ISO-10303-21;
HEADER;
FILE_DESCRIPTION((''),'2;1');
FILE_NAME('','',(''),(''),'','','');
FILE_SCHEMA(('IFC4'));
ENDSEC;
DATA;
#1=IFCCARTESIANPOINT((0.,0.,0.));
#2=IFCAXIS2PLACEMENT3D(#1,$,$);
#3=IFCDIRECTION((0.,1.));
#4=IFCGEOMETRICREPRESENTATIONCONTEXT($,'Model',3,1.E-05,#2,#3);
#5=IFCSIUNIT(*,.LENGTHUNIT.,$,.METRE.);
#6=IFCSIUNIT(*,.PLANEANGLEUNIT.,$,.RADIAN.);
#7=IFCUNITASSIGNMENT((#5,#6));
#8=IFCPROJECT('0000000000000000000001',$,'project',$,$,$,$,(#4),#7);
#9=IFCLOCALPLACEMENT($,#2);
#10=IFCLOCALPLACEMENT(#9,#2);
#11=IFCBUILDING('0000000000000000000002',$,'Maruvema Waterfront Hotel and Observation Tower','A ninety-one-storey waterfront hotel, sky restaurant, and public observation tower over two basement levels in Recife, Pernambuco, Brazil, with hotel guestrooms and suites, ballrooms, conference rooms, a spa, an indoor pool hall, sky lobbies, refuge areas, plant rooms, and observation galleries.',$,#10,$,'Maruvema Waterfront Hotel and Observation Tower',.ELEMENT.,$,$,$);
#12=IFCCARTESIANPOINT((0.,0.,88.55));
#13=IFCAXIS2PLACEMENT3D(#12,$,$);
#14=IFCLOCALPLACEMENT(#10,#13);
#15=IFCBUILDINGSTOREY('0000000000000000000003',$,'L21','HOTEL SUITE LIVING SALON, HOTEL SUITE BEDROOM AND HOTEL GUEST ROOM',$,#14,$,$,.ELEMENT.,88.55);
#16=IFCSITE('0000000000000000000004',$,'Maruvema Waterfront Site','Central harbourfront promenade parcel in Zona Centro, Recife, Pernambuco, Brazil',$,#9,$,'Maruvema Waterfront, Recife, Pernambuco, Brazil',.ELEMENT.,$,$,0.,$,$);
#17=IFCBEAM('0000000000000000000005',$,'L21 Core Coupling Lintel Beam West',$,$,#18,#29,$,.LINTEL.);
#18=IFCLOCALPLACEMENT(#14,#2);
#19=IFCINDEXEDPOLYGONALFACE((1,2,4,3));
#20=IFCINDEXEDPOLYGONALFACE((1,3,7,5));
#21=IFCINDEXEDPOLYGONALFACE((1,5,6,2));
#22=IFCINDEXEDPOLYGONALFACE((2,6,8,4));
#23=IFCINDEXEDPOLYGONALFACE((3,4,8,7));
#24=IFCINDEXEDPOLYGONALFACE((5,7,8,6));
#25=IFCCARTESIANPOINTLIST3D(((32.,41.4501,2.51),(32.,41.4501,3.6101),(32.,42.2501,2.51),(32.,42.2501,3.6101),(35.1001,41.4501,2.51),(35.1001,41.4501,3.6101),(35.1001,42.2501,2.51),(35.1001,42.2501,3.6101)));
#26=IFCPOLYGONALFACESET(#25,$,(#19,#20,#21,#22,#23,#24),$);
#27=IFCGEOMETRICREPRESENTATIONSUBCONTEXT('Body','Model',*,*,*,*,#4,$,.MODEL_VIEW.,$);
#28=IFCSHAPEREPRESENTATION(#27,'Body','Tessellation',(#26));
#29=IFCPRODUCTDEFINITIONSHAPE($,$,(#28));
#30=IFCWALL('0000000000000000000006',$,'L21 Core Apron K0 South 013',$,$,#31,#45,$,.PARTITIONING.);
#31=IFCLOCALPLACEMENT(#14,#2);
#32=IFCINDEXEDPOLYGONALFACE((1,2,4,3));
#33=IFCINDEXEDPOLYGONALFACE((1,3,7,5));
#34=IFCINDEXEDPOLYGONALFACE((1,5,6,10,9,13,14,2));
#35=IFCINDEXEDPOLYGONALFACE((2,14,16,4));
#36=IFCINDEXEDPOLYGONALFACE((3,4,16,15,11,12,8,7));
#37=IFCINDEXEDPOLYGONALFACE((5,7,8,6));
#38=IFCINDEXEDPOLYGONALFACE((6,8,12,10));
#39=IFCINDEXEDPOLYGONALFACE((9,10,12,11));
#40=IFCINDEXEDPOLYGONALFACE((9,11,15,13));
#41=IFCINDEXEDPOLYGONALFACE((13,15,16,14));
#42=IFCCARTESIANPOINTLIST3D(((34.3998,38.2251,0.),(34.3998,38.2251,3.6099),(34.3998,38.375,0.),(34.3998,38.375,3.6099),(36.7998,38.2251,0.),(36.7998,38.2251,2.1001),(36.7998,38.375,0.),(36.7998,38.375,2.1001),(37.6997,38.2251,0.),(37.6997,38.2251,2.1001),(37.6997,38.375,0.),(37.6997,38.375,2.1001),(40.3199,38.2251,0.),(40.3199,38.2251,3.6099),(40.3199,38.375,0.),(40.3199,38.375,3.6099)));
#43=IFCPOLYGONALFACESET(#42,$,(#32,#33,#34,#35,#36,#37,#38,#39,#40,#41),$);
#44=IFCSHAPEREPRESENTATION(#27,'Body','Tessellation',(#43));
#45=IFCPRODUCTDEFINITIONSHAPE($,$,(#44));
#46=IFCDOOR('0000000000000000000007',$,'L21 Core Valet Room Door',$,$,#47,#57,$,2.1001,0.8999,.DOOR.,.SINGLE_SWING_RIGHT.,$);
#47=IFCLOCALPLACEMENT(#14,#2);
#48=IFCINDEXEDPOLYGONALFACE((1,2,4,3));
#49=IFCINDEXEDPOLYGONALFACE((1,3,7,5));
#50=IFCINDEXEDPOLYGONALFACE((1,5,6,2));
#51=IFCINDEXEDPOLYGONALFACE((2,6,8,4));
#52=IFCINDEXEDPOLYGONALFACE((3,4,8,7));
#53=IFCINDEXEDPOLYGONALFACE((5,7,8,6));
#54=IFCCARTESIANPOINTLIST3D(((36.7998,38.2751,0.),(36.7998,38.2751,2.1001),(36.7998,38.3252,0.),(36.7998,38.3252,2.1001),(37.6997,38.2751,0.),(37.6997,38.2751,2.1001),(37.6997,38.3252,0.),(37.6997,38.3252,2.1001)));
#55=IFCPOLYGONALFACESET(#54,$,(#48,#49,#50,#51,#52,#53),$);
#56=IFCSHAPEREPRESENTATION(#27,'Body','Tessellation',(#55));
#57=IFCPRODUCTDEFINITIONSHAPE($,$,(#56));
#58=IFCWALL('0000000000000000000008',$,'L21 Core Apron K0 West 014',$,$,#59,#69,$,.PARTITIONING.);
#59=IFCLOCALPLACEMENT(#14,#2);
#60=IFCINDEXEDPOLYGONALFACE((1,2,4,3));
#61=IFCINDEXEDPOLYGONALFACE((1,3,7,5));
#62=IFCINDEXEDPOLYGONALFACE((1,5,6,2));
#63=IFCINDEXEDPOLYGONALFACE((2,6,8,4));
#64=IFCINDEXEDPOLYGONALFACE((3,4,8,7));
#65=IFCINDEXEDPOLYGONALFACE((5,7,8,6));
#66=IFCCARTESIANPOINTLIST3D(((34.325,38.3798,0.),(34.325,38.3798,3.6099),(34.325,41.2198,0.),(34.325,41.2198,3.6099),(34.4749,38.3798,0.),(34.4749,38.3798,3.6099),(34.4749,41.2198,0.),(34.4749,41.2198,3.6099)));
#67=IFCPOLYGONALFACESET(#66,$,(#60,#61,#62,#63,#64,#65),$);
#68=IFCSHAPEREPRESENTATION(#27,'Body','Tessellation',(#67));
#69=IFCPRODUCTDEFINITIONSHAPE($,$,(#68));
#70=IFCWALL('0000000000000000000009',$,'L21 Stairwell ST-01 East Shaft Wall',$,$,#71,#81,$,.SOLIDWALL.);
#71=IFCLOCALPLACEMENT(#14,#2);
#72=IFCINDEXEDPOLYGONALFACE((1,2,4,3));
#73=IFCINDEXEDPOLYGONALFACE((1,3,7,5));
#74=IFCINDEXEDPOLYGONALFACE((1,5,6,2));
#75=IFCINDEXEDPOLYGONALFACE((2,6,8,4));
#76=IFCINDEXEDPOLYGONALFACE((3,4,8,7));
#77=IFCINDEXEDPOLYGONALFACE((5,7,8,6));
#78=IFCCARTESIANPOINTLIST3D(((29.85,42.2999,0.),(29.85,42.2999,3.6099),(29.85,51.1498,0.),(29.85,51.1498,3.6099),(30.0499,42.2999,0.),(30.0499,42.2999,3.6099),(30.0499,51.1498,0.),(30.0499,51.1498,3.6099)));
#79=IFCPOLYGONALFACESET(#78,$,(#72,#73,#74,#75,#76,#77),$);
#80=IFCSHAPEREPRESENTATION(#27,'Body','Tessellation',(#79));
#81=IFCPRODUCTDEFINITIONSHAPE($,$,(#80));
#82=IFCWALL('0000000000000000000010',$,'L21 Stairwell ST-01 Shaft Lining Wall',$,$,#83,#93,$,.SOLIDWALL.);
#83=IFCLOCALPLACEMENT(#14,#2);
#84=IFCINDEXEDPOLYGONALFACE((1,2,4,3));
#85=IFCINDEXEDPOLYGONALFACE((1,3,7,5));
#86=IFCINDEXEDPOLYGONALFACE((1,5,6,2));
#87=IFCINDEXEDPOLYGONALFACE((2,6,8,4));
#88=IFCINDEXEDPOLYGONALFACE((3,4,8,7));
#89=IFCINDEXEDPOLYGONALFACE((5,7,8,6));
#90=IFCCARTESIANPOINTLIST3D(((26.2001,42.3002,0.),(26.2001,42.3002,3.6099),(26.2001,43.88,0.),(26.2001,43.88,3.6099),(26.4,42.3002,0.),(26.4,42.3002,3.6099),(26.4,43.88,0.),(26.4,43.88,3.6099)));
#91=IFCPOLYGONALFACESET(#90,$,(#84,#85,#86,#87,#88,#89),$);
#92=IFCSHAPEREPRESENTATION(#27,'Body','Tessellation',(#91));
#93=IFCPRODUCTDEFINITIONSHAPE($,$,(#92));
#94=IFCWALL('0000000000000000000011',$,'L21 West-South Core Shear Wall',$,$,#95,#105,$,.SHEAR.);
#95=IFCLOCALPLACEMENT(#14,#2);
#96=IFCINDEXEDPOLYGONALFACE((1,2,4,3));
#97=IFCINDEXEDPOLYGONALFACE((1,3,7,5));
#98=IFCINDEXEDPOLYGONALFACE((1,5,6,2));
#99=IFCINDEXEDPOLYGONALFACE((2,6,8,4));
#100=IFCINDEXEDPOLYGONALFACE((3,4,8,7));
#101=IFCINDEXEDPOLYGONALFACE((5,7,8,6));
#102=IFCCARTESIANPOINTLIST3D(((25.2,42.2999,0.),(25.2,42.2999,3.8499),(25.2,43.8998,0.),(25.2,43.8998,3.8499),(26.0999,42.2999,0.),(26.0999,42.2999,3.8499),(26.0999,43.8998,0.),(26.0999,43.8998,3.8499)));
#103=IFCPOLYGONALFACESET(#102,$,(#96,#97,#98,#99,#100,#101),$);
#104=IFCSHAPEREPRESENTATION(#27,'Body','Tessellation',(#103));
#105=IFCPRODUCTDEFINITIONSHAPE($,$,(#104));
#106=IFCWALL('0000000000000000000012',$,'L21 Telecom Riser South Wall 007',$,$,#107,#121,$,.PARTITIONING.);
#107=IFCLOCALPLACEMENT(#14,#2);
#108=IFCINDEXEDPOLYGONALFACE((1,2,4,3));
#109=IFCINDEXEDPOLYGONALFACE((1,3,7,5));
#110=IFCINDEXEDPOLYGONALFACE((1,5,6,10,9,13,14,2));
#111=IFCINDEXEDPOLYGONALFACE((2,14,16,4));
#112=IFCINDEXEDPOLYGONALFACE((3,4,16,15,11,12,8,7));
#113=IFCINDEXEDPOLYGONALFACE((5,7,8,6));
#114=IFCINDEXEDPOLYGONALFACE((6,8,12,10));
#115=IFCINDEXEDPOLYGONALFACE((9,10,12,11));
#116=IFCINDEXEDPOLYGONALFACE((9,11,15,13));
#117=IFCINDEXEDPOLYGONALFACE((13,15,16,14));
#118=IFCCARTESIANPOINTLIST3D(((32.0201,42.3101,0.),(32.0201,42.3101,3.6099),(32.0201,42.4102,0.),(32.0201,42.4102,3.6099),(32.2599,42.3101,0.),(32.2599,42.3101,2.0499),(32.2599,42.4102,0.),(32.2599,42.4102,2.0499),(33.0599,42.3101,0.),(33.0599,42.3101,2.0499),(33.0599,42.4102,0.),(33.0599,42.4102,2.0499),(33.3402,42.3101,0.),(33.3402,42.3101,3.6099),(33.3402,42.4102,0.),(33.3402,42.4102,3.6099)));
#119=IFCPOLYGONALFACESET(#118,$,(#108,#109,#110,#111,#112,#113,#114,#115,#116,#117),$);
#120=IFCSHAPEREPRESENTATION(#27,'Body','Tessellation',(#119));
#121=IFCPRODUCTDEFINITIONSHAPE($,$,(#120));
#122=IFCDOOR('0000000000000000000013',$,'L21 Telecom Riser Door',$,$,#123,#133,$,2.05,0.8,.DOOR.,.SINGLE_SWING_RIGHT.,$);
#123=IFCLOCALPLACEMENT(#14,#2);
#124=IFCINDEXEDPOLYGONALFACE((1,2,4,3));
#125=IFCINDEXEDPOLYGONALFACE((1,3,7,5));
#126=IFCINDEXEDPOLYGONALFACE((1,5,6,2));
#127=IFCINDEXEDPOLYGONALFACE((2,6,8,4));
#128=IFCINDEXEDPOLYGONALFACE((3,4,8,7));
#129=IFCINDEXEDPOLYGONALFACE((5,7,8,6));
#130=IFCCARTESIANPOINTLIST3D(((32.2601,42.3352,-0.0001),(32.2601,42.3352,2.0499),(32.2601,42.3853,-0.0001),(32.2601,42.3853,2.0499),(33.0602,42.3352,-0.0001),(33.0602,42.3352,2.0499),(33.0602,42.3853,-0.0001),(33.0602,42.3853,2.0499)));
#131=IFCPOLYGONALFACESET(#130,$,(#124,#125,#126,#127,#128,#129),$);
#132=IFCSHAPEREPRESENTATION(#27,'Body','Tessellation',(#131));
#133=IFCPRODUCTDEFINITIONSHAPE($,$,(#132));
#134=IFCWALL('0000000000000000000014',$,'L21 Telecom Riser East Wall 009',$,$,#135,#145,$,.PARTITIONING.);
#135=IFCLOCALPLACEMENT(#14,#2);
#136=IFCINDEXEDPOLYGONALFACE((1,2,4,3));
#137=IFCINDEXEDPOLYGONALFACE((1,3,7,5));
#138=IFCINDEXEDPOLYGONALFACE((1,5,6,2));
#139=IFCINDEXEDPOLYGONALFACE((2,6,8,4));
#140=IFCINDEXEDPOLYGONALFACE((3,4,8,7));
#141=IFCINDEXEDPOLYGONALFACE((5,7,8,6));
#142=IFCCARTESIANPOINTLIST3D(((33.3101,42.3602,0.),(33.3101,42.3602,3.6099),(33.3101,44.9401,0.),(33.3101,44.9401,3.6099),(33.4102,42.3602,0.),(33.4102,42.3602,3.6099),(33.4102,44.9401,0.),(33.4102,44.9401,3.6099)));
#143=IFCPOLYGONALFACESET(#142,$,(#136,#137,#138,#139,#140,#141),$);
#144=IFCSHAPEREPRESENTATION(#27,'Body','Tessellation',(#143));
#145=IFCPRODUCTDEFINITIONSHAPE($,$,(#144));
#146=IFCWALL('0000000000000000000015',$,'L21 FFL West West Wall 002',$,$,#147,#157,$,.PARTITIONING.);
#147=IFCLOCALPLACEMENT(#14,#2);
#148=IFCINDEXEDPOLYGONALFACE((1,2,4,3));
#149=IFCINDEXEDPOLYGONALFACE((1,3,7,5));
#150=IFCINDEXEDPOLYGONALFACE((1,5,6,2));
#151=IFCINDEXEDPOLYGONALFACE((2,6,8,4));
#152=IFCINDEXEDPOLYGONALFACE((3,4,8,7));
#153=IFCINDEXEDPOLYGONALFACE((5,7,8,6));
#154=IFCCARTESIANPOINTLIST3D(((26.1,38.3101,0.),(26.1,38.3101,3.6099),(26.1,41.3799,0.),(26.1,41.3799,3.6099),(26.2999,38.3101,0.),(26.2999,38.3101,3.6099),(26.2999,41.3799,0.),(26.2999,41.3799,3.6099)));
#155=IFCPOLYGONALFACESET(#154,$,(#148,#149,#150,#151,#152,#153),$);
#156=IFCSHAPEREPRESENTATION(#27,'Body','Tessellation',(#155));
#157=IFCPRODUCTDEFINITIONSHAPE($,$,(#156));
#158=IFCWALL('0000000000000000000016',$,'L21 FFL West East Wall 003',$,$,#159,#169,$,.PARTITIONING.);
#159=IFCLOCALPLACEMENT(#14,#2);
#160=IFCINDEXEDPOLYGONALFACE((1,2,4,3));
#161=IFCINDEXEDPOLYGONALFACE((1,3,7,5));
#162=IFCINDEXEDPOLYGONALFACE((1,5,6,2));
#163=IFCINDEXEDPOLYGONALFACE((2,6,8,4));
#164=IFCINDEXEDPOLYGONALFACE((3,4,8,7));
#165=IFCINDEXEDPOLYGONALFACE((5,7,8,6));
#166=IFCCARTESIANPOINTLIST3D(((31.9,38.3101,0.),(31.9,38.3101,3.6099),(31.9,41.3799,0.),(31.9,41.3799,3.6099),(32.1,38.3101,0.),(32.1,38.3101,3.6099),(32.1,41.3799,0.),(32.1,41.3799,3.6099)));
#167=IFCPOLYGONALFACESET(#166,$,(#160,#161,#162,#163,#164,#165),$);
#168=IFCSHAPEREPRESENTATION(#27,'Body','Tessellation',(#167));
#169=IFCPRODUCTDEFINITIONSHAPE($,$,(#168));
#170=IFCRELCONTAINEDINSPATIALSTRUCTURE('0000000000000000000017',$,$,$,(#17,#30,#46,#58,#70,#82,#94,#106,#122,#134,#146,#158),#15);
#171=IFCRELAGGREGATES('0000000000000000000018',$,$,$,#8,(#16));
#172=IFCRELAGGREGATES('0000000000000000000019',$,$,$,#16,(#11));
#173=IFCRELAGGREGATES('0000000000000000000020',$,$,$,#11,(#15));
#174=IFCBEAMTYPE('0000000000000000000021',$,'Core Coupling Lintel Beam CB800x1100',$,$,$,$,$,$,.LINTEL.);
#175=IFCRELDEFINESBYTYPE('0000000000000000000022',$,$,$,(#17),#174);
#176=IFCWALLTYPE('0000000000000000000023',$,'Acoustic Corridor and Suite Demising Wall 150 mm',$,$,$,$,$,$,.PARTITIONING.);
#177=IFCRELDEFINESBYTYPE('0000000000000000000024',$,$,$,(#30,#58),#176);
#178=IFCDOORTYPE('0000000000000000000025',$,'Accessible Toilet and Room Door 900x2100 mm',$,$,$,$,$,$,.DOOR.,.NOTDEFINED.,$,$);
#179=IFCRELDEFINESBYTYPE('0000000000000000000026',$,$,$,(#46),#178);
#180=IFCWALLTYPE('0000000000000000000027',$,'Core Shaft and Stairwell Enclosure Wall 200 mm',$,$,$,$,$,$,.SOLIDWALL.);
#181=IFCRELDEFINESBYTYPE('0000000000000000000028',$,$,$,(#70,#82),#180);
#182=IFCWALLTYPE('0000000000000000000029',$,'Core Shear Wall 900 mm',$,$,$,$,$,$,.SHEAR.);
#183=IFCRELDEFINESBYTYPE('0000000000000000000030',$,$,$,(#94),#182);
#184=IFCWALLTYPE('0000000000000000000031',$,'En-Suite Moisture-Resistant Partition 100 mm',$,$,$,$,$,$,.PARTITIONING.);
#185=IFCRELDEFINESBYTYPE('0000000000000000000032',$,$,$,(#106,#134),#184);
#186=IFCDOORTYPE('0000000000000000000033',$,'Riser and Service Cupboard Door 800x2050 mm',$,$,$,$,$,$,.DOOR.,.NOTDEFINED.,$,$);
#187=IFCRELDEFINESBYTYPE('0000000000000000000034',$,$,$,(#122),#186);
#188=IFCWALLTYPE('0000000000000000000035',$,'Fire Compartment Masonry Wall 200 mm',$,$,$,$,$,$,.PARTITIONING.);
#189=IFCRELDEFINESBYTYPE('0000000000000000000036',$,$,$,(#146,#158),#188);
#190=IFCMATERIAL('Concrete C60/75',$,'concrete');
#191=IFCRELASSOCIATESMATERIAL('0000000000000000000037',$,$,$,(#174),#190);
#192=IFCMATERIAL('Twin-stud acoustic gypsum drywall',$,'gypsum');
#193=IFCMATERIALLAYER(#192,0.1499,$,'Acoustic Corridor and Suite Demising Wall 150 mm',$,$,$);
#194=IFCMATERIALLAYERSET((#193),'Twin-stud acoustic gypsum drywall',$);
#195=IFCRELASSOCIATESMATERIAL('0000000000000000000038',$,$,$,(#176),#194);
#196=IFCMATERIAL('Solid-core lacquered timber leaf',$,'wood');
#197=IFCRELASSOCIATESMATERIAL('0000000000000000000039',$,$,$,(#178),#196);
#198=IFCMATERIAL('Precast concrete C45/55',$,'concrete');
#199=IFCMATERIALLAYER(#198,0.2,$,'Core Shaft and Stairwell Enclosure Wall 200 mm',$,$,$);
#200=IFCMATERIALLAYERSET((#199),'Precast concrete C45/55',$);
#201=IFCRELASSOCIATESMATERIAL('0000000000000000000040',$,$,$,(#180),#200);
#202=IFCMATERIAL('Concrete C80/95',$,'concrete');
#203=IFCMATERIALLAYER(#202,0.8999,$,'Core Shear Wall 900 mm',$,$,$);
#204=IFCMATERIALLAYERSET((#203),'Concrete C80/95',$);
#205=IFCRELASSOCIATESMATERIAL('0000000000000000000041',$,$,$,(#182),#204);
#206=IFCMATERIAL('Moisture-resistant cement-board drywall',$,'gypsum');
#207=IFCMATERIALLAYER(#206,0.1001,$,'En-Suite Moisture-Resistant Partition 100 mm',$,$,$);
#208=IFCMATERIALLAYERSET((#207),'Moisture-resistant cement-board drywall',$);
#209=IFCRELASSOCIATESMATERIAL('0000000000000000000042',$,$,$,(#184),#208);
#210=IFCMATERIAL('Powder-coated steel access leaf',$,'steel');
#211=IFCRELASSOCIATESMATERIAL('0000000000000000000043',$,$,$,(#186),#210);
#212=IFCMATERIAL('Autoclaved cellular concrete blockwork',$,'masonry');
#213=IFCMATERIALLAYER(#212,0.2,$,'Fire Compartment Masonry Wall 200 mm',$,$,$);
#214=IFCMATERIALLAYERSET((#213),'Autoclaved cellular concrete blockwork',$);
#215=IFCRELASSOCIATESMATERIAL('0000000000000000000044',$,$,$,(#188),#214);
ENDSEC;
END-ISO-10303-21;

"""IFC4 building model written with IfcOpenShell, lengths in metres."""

from ifc_helpers import new_model, si_unit, direction, frame, frame_2d, origin, origin_2d, place, context, subcontext, project, spatial, rectangle, extrude, material, layer, layer_set, material_profile, profile_set, type_object, element, fill, save


model = new_model("IFC4")

# Units and contexts
model_context = context("Model", 3, precision=1e-05, world=origin(), true_north=direction((0.0, 1.0)))
body_context = subcontext(model_context, "Body", "Model", "MODEL_VIEW")
ifc_project = project(units=[si_unit("LENGTHUNIT", "METRE"), si_unit("PLANEANGLEUNIT", "RADIAN")], contexts=[model_context])

# Site, building, storey
site_placement = place(None, origin())
site = spatial("IfcSite", under=ifc_project, at=site_placement, Name="Maruvema Waterfront Site", Description="Central harbourfront promenade parcel in Zona Centro, Recife, Pernambuco, Brazil", LongName="Maruvema Waterfront, Recife, Pernambuco, Brazil", CompositionType="ELEMENT", RefElevation=0.0)
building_placement = place(site_placement, origin())
building = spatial("IfcBuilding", under=site, at=building_placement, Name="Maruvema Waterfront Hotel and Observation Tower", Description="A ninety-one-storey waterfront hotel, sky restaurant, and public observation tower over two basement levels in Recife, Pernambuco, Brazil, with hotel guestrooms and suites, ballrooms, conference rooms, a spa, an indoor pool hall, sky lobbies, refuge areas, plant rooms, and observation galleries.", LongName="Maruvema Waterfront Hotel and Observation Tower", CompositionType="ELEMENT")
storey_placement = place(building_placement, frame((0.0, 0.0, 88.55)))
storey = spatial("IfcBuildingStorey", under=building, at=storey_placement, Name="L21", Description="HOTEL SUITE LIVING SALON, HOTEL SUITE BEDROOM AND HOTEL GUEST ROOM", CompositionType="ELEMENT", Elevation=88.55)

# Beam
ifc_material_1 = material(Name="Concrete C60/75", Category="concrete")
ifc_material_profile = material_profile(ifc_material_1, rectangle(XDim=0.8, YDim=1.1001, at=origin_2d()), Name="CB800x1100")
ifc_profile_set = profile_set([ifc_material_profile], Name="Concrete C60/75")
beam_type = type_object("IfcBeamType", Name="Core Coupling Lintel Beam CB800x1100", PredefinedType="LINTEL", material=ifc_profile_set)
beam_placement = place(storey_placement, frame((32.0, 41.8501, 3.0601), z_axis=(1.0, 0.0, 0.0), x_axis=(0.0, 1.0, 0.0)))
element("IfcBeam", 1, at=beam_placement, inside=storey, type_object=beam_type, Name="L21 Core Coupling Lintel Beam West", PredefinedType="LINTEL", context=body_context, shape_type="SweptSolid", body=[
    extrude(rectangle(XDim=0.8, YDim=1.1001, at=origin_2d()), origin(), (0.0, 0.0, 1.0), 3.1001),
])

# Wall, opening, door
ifc_material_2 = material(Name="Twin-stud acoustic gypsum drywall", Category="gypsum")
ifc_layer_1 = layer(ifc_material_2, 0.1499, Name="Acoustic Corridor and Suite Demising Wall 150 mm")
ifc_layer_set_1 = layer_set([ifc_layer_1], Name="Twin-stud acoustic gypsum drywall")
wall_type_1 = type_object("IfcWallType", Name="Acoustic Corridor and Suite Demising Wall 150 mm", PredefinedType="PARTITIONING", material=ifc_layer_set_1)
wall_1_placement = place(storey_placement, frame((34.3999, 38.3, 0.0), z_axis=(0.0, 0.0, 1.0), x_axis=(1.0, 0.0, 0.0)))
wall_1 = element("IfcWall", 2, at=wall_1_placement, inside=storey, type_object=wall_type_1, Name="L21 Core Apron K0 South 013", PredefinedType="PARTITIONING", context=body_context, shape_type="SweptSolid", body=[
    extrude(rectangle(XDim=5.9202, YDim=0.1499, at=frame_2d((2.96, 0.0))), origin(), (0.0, 0.0, 1.0), 3.6099),
])
opening_1_placement = place(wall_1_placement, frame((2.3999, 0.0, 0.0)))
opening_1 = element("IfcOpeningElement", 3, at=opening_1_placement, cuts=wall_1, PredefinedType="OPENING", context=body_context, shape_type="SweptSolid", body=[
    extrude(rectangle(XDim=0.8999, YDim=2.1001, at=frame_2d((0.45, 1.05))), frame((0.0, 0.085, 0.0), z_axis=(0.0, -1.0, 0.0), x_axis=(1.0, 0.0, 0.0)), (0.0, 0.0, 1.0), 0.1699),
])
ifc_material_3 = material(Name="Solid-core lacquered timber leaf", Category="wood")
door_type_1 = type_object("IfcDoorType", Name="Accessible Toilet and Room Door 900x2100 mm", OperationType="NOTDEFINED", PredefinedType="DOOR", material=ifc_material_3)
door_1_placement = place(opening_1_placement, frame((0.8999, 0.0, 0.0), z_axis=(0.0, 0.0, 1.0), x_axis=(-1.0, 0.0, 0.0)))
door_1 = element("IfcDoor", 4, at=door_1_placement, inside=storey, type_object=door_type_1, Name="L21 Core Valet Room Door", OperationType="SINGLE_SWING_RIGHT", OverallHeight=2.1001, OverallWidth=0.8999, PredefinedType="DOOR", context=body_context, shape_type="SweptSolid", body=[
    extrude(rectangle(XDim=0.8999, YDim=2.1001, at=frame_2d((0.45, 1.05))), frame((0.0, 0.0249, 0.0), z_axis=(0.0, -1.0, 0.0), x_axis=(1.0, 0.0, 0.0)), (0.0, 0.0, 1.0), 0.05),
])
fill(opening_1, door_1)

# Walls
wall_2_placement = place(storey_placement, frame((34.3999, 38.3799, 0.0), z_axis=(0.0, 0.0, 1.0), x_axis=(0.0, 1.0, 0.0)))
element("IfcWall", 5, at=wall_2_placement, inside=storey, type_object=wall_type_1, Name="L21 Core Apron K0 West 014", PredefinedType="PARTITIONING", context=body_context, shape_type="SweptSolid", body=[
    extrude(rectangle(XDim=2.8401, YDim=0.1499, at=frame_2d((1.4199, 0.0))), origin(), (0.0, 0.0, 1.0), 3.6099),
])
ifc_material_4 = material(Name="Precast concrete C45/55", Category="concrete")
ifc_layer_2 = layer(ifc_material_4, 0.2, Name="Core Shaft and Stairwell Enclosure Wall 200 mm")
ifc_layer_set_2 = layer_set([ifc_layer_2], Name="Precast concrete C45/55")
wall_type_2 = type_object("IfcWallType", Name="Core Shaft and Stairwell Enclosure Wall 200 mm", PredefinedType="SOLIDWALL", material=ifc_layer_set_2)
wall_3_placement = place(storey_placement, frame((29.95, 42.3, 0.0), z_axis=(0.0, 0.0, 1.0), x_axis=(0.0, 1.0, 0.0)))
element("IfcWall", 6, at=wall_3_placement, inside=storey, type_object=wall_type_2, Name="L21 Stairwell ST-01 East Shaft Wall", PredefinedType="SOLIDWALL", context=body_context, shape_type="SweptSolid", body=[
    extrude(rectangle(XDim=8.8499, YDim=0.2, at=frame_2d((4.4248, 0.0))), origin(), (0.0, 0.0, 1.0), 3.6099),
])
wall_4_placement = place(storey_placement, frame((26.3, 42.3, 0.0), z_axis=(0.0, 0.0, 1.0), x_axis=(0.0, 1.0, 0.0)))
element("IfcWall", 7, at=wall_4_placement, inside=storey, type_object=wall_type_2, Name="L21 Stairwell ST-01 Shaft Lining Wall", PredefinedType="SOLIDWALL", context=body_context, shape_type="SweptSolid", body=[
    extrude(rectangle(XDim=1.5798, YDim=0.2, at=frame_2d((0.79, 0.0))), origin(), (0.0, 0.0, 1.0), 3.6099),
])

# Shared definitions
ifc_material_5 = material(Name="Concrete C80/95", Category="concrete")
ifc_layer_3 = layer(ifc_material_5, 0.8999, Name="Core Shear Wall 900 mm")
ifc_layer_set_3 = layer_set([ifc_layer_3], Name="Concrete C80/95")
wall_type_3 = type_object("IfcWallType", Name="Core Shear Wall 900 mm", PredefinedType="SHEAR", material=ifc_layer_set_3)

# Wall
wall_5_placement = place(storey_placement, frame((25.6499, 42.3, 0.0), z_axis=(0.0, 0.0, 1.0), x_axis=(0.0, 1.0, 0.0)))
element("IfcWall", 8, at=wall_5_placement, inside=storey, type_object=wall_type_3, Name="L21 West-South Core Shear Wall", PredefinedType="SHEAR", context=body_context, shape_type="SweptSolid", body=[
    extrude(rectangle(XDim=1.5999, YDim=0.8999, at=frame_2d((0.7998, 0.0))), origin(), (0.0, 0.0, 1.0), 3.8499),
])

# Wall, opening, door
ifc_material_6 = material(Name="Moisture-resistant cement-board drywall", Category="gypsum")
ifc_layer_4 = layer(ifc_material_6, 0.1001, Name="En-Suite Moisture-Resistant Partition 100 mm")
ifc_layer_set_4 = layer_set([ifc_layer_4], Name="Moisture-resistant cement-board drywall")
wall_type_4 = type_object("IfcWallType", Name="En-Suite Moisture-Resistant Partition 100 mm", PredefinedType="PARTITIONING", material=ifc_layer_set_4)
wall_6_placement = place(storey_placement, frame((32.02, 42.3601, 0.0), z_axis=(0.0, 0.0, 1.0), x_axis=(1.0, 0.0, 0.0)))
wall_6 = element("IfcWall", 9, at=wall_6_placement, inside=storey, type_object=wall_type_4, Name="L21 Telecom Riser South Wall 007", PredefinedType="PARTITIONING", context=body_context, shape_type="SweptSolid", body=[
    extrude(rectangle(XDim=1.3201, YDim=0.1001, at=frame_2d((0.6602, 0.0))), origin(), (0.0, 0.0, 1.0), 3.6099),
])
opening_2_placement = place(wall_6_placement, frame((0.24, 0.0, 0.0)))
opening_2 = element("IfcOpeningElement", 10, at=opening_2_placement, cuts=wall_6, PredefinedType="OPENING", context=body_context, shape_type="SweptSolid", body=[
    extrude(rectangle(XDim=0.8, YDim=2.05, at=frame_2d((0.3999, 1.0249))), frame((0.0, 0.0601, 0.0), z_axis=(0.0, -1.0, 0.0), x_axis=(1.0, 0.0, 0.0)), (0.0, 0.0, 1.0), 0.1201),
])
ifc_material_7 = material(Name="Powder-coated steel access leaf", Category="steel")
door_type_2 = type_object("IfcDoorType", Name="Riser and Service Cupboard Door 800x2050 mm", OperationType="NOTDEFINED", PredefinedType="DOOR", material=ifc_material_7)
door_2_placement = place(opening_2_placement, frame((0.8, 0.0, 0.0), z_axis=(0.0, 0.0, 1.0), x_axis=(-1.0, 0.0, 0.0)))
door_2 = element("IfcDoor", 11, at=door_2_placement, inside=storey, type_object=door_type_2, Name="L21 Telecom Riser Door", OperationType="SINGLE_SWING_RIGHT", OverallHeight=2.05, OverallWidth=0.8, PredefinedType="DOOR", context=body_context, shape_type="SweptSolid", body=[
    extrude(rectangle(XDim=0.8, YDim=2.05, at=frame_2d((0.3999, 1.0249))), frame((0.0, 0.0249, 0.0), z_axis=(0.0, -1.0, 0.0), x_axis=(1.0, 0.0, 0.0)), (0.0, 0.0, 1.0), 0.05),
])
fill(opening_2, door_2)

# Wall
wall_7_placement = place(storey_placement, frame((33.3601, 42.3601, 0.0), z_axis=(0.0, 0.0, 1.0), x_axis=(0.0, 1.0, 0.0)))
element("IfcWall", 12, at=wall_7_placement, inside=storey, type_object=wall_type_4, Name="L21 Telecom Riser East Wall 009", PredefinedType="PARTITIONING", context=body_context, shape_type="SweptSolid", body=[
    extrude(rectangle(XDim=2.5798, YDim=0.1001, at=frame_2d((1.29, 0.0))), origin(), (0.0, 0.0, 1.0), 3.6099),
])

# Shared definitions
ifc_material_8 = material(Name="Autoclaved cellular concrete blockwork", Category="masonry")
ifc_layer_5 = layer(ifc_material_8, 0.2, Name="Fire Compartment Masonry Wall 200 mm")
ifc_layer_set_5 = layer_set([ifc_layer_5], Name="Autoclaved cellular concrete blockwork")
wall_type_5 = type_object("IfcWallType", Name="Fire Compartment Masonry Wall 200 mm", PredefinedType="PARTITIONING", material=ifc_layer_set_5)

# Walls
for number, where, z_axis, x_axis, name in (
    (13, (26.2, 38.3101, 0.0), (0.0, 0.0, 1.0), (0.0, 1.0, 0.0), "L21 FFL West West Wall 002"),
    (14, (32.0, 38.3101, 0.0), (0.0, 0.0, 1.0), (0.0, 1.0, 0.0), "L21 FFL West East Wall 003"),
):
    element("IfcWall", number, at=place(storey_placement, frame(where, z_axis=z_axis, x_axis=x_axis)), inside=storey, type_object=wall_type_5, Name=name, PredefinedType="PARTITIONING", context=body_context, shape_type="SweptSolid", body=[
        extrude(rectangle(XDim=3.0698, YDim=0.2, at=frame_2d((1.5349, 0.0))), origin(), (0.0, 0.0, 1.0), 3.6099),
    ])

save(model, "model.ifc")
